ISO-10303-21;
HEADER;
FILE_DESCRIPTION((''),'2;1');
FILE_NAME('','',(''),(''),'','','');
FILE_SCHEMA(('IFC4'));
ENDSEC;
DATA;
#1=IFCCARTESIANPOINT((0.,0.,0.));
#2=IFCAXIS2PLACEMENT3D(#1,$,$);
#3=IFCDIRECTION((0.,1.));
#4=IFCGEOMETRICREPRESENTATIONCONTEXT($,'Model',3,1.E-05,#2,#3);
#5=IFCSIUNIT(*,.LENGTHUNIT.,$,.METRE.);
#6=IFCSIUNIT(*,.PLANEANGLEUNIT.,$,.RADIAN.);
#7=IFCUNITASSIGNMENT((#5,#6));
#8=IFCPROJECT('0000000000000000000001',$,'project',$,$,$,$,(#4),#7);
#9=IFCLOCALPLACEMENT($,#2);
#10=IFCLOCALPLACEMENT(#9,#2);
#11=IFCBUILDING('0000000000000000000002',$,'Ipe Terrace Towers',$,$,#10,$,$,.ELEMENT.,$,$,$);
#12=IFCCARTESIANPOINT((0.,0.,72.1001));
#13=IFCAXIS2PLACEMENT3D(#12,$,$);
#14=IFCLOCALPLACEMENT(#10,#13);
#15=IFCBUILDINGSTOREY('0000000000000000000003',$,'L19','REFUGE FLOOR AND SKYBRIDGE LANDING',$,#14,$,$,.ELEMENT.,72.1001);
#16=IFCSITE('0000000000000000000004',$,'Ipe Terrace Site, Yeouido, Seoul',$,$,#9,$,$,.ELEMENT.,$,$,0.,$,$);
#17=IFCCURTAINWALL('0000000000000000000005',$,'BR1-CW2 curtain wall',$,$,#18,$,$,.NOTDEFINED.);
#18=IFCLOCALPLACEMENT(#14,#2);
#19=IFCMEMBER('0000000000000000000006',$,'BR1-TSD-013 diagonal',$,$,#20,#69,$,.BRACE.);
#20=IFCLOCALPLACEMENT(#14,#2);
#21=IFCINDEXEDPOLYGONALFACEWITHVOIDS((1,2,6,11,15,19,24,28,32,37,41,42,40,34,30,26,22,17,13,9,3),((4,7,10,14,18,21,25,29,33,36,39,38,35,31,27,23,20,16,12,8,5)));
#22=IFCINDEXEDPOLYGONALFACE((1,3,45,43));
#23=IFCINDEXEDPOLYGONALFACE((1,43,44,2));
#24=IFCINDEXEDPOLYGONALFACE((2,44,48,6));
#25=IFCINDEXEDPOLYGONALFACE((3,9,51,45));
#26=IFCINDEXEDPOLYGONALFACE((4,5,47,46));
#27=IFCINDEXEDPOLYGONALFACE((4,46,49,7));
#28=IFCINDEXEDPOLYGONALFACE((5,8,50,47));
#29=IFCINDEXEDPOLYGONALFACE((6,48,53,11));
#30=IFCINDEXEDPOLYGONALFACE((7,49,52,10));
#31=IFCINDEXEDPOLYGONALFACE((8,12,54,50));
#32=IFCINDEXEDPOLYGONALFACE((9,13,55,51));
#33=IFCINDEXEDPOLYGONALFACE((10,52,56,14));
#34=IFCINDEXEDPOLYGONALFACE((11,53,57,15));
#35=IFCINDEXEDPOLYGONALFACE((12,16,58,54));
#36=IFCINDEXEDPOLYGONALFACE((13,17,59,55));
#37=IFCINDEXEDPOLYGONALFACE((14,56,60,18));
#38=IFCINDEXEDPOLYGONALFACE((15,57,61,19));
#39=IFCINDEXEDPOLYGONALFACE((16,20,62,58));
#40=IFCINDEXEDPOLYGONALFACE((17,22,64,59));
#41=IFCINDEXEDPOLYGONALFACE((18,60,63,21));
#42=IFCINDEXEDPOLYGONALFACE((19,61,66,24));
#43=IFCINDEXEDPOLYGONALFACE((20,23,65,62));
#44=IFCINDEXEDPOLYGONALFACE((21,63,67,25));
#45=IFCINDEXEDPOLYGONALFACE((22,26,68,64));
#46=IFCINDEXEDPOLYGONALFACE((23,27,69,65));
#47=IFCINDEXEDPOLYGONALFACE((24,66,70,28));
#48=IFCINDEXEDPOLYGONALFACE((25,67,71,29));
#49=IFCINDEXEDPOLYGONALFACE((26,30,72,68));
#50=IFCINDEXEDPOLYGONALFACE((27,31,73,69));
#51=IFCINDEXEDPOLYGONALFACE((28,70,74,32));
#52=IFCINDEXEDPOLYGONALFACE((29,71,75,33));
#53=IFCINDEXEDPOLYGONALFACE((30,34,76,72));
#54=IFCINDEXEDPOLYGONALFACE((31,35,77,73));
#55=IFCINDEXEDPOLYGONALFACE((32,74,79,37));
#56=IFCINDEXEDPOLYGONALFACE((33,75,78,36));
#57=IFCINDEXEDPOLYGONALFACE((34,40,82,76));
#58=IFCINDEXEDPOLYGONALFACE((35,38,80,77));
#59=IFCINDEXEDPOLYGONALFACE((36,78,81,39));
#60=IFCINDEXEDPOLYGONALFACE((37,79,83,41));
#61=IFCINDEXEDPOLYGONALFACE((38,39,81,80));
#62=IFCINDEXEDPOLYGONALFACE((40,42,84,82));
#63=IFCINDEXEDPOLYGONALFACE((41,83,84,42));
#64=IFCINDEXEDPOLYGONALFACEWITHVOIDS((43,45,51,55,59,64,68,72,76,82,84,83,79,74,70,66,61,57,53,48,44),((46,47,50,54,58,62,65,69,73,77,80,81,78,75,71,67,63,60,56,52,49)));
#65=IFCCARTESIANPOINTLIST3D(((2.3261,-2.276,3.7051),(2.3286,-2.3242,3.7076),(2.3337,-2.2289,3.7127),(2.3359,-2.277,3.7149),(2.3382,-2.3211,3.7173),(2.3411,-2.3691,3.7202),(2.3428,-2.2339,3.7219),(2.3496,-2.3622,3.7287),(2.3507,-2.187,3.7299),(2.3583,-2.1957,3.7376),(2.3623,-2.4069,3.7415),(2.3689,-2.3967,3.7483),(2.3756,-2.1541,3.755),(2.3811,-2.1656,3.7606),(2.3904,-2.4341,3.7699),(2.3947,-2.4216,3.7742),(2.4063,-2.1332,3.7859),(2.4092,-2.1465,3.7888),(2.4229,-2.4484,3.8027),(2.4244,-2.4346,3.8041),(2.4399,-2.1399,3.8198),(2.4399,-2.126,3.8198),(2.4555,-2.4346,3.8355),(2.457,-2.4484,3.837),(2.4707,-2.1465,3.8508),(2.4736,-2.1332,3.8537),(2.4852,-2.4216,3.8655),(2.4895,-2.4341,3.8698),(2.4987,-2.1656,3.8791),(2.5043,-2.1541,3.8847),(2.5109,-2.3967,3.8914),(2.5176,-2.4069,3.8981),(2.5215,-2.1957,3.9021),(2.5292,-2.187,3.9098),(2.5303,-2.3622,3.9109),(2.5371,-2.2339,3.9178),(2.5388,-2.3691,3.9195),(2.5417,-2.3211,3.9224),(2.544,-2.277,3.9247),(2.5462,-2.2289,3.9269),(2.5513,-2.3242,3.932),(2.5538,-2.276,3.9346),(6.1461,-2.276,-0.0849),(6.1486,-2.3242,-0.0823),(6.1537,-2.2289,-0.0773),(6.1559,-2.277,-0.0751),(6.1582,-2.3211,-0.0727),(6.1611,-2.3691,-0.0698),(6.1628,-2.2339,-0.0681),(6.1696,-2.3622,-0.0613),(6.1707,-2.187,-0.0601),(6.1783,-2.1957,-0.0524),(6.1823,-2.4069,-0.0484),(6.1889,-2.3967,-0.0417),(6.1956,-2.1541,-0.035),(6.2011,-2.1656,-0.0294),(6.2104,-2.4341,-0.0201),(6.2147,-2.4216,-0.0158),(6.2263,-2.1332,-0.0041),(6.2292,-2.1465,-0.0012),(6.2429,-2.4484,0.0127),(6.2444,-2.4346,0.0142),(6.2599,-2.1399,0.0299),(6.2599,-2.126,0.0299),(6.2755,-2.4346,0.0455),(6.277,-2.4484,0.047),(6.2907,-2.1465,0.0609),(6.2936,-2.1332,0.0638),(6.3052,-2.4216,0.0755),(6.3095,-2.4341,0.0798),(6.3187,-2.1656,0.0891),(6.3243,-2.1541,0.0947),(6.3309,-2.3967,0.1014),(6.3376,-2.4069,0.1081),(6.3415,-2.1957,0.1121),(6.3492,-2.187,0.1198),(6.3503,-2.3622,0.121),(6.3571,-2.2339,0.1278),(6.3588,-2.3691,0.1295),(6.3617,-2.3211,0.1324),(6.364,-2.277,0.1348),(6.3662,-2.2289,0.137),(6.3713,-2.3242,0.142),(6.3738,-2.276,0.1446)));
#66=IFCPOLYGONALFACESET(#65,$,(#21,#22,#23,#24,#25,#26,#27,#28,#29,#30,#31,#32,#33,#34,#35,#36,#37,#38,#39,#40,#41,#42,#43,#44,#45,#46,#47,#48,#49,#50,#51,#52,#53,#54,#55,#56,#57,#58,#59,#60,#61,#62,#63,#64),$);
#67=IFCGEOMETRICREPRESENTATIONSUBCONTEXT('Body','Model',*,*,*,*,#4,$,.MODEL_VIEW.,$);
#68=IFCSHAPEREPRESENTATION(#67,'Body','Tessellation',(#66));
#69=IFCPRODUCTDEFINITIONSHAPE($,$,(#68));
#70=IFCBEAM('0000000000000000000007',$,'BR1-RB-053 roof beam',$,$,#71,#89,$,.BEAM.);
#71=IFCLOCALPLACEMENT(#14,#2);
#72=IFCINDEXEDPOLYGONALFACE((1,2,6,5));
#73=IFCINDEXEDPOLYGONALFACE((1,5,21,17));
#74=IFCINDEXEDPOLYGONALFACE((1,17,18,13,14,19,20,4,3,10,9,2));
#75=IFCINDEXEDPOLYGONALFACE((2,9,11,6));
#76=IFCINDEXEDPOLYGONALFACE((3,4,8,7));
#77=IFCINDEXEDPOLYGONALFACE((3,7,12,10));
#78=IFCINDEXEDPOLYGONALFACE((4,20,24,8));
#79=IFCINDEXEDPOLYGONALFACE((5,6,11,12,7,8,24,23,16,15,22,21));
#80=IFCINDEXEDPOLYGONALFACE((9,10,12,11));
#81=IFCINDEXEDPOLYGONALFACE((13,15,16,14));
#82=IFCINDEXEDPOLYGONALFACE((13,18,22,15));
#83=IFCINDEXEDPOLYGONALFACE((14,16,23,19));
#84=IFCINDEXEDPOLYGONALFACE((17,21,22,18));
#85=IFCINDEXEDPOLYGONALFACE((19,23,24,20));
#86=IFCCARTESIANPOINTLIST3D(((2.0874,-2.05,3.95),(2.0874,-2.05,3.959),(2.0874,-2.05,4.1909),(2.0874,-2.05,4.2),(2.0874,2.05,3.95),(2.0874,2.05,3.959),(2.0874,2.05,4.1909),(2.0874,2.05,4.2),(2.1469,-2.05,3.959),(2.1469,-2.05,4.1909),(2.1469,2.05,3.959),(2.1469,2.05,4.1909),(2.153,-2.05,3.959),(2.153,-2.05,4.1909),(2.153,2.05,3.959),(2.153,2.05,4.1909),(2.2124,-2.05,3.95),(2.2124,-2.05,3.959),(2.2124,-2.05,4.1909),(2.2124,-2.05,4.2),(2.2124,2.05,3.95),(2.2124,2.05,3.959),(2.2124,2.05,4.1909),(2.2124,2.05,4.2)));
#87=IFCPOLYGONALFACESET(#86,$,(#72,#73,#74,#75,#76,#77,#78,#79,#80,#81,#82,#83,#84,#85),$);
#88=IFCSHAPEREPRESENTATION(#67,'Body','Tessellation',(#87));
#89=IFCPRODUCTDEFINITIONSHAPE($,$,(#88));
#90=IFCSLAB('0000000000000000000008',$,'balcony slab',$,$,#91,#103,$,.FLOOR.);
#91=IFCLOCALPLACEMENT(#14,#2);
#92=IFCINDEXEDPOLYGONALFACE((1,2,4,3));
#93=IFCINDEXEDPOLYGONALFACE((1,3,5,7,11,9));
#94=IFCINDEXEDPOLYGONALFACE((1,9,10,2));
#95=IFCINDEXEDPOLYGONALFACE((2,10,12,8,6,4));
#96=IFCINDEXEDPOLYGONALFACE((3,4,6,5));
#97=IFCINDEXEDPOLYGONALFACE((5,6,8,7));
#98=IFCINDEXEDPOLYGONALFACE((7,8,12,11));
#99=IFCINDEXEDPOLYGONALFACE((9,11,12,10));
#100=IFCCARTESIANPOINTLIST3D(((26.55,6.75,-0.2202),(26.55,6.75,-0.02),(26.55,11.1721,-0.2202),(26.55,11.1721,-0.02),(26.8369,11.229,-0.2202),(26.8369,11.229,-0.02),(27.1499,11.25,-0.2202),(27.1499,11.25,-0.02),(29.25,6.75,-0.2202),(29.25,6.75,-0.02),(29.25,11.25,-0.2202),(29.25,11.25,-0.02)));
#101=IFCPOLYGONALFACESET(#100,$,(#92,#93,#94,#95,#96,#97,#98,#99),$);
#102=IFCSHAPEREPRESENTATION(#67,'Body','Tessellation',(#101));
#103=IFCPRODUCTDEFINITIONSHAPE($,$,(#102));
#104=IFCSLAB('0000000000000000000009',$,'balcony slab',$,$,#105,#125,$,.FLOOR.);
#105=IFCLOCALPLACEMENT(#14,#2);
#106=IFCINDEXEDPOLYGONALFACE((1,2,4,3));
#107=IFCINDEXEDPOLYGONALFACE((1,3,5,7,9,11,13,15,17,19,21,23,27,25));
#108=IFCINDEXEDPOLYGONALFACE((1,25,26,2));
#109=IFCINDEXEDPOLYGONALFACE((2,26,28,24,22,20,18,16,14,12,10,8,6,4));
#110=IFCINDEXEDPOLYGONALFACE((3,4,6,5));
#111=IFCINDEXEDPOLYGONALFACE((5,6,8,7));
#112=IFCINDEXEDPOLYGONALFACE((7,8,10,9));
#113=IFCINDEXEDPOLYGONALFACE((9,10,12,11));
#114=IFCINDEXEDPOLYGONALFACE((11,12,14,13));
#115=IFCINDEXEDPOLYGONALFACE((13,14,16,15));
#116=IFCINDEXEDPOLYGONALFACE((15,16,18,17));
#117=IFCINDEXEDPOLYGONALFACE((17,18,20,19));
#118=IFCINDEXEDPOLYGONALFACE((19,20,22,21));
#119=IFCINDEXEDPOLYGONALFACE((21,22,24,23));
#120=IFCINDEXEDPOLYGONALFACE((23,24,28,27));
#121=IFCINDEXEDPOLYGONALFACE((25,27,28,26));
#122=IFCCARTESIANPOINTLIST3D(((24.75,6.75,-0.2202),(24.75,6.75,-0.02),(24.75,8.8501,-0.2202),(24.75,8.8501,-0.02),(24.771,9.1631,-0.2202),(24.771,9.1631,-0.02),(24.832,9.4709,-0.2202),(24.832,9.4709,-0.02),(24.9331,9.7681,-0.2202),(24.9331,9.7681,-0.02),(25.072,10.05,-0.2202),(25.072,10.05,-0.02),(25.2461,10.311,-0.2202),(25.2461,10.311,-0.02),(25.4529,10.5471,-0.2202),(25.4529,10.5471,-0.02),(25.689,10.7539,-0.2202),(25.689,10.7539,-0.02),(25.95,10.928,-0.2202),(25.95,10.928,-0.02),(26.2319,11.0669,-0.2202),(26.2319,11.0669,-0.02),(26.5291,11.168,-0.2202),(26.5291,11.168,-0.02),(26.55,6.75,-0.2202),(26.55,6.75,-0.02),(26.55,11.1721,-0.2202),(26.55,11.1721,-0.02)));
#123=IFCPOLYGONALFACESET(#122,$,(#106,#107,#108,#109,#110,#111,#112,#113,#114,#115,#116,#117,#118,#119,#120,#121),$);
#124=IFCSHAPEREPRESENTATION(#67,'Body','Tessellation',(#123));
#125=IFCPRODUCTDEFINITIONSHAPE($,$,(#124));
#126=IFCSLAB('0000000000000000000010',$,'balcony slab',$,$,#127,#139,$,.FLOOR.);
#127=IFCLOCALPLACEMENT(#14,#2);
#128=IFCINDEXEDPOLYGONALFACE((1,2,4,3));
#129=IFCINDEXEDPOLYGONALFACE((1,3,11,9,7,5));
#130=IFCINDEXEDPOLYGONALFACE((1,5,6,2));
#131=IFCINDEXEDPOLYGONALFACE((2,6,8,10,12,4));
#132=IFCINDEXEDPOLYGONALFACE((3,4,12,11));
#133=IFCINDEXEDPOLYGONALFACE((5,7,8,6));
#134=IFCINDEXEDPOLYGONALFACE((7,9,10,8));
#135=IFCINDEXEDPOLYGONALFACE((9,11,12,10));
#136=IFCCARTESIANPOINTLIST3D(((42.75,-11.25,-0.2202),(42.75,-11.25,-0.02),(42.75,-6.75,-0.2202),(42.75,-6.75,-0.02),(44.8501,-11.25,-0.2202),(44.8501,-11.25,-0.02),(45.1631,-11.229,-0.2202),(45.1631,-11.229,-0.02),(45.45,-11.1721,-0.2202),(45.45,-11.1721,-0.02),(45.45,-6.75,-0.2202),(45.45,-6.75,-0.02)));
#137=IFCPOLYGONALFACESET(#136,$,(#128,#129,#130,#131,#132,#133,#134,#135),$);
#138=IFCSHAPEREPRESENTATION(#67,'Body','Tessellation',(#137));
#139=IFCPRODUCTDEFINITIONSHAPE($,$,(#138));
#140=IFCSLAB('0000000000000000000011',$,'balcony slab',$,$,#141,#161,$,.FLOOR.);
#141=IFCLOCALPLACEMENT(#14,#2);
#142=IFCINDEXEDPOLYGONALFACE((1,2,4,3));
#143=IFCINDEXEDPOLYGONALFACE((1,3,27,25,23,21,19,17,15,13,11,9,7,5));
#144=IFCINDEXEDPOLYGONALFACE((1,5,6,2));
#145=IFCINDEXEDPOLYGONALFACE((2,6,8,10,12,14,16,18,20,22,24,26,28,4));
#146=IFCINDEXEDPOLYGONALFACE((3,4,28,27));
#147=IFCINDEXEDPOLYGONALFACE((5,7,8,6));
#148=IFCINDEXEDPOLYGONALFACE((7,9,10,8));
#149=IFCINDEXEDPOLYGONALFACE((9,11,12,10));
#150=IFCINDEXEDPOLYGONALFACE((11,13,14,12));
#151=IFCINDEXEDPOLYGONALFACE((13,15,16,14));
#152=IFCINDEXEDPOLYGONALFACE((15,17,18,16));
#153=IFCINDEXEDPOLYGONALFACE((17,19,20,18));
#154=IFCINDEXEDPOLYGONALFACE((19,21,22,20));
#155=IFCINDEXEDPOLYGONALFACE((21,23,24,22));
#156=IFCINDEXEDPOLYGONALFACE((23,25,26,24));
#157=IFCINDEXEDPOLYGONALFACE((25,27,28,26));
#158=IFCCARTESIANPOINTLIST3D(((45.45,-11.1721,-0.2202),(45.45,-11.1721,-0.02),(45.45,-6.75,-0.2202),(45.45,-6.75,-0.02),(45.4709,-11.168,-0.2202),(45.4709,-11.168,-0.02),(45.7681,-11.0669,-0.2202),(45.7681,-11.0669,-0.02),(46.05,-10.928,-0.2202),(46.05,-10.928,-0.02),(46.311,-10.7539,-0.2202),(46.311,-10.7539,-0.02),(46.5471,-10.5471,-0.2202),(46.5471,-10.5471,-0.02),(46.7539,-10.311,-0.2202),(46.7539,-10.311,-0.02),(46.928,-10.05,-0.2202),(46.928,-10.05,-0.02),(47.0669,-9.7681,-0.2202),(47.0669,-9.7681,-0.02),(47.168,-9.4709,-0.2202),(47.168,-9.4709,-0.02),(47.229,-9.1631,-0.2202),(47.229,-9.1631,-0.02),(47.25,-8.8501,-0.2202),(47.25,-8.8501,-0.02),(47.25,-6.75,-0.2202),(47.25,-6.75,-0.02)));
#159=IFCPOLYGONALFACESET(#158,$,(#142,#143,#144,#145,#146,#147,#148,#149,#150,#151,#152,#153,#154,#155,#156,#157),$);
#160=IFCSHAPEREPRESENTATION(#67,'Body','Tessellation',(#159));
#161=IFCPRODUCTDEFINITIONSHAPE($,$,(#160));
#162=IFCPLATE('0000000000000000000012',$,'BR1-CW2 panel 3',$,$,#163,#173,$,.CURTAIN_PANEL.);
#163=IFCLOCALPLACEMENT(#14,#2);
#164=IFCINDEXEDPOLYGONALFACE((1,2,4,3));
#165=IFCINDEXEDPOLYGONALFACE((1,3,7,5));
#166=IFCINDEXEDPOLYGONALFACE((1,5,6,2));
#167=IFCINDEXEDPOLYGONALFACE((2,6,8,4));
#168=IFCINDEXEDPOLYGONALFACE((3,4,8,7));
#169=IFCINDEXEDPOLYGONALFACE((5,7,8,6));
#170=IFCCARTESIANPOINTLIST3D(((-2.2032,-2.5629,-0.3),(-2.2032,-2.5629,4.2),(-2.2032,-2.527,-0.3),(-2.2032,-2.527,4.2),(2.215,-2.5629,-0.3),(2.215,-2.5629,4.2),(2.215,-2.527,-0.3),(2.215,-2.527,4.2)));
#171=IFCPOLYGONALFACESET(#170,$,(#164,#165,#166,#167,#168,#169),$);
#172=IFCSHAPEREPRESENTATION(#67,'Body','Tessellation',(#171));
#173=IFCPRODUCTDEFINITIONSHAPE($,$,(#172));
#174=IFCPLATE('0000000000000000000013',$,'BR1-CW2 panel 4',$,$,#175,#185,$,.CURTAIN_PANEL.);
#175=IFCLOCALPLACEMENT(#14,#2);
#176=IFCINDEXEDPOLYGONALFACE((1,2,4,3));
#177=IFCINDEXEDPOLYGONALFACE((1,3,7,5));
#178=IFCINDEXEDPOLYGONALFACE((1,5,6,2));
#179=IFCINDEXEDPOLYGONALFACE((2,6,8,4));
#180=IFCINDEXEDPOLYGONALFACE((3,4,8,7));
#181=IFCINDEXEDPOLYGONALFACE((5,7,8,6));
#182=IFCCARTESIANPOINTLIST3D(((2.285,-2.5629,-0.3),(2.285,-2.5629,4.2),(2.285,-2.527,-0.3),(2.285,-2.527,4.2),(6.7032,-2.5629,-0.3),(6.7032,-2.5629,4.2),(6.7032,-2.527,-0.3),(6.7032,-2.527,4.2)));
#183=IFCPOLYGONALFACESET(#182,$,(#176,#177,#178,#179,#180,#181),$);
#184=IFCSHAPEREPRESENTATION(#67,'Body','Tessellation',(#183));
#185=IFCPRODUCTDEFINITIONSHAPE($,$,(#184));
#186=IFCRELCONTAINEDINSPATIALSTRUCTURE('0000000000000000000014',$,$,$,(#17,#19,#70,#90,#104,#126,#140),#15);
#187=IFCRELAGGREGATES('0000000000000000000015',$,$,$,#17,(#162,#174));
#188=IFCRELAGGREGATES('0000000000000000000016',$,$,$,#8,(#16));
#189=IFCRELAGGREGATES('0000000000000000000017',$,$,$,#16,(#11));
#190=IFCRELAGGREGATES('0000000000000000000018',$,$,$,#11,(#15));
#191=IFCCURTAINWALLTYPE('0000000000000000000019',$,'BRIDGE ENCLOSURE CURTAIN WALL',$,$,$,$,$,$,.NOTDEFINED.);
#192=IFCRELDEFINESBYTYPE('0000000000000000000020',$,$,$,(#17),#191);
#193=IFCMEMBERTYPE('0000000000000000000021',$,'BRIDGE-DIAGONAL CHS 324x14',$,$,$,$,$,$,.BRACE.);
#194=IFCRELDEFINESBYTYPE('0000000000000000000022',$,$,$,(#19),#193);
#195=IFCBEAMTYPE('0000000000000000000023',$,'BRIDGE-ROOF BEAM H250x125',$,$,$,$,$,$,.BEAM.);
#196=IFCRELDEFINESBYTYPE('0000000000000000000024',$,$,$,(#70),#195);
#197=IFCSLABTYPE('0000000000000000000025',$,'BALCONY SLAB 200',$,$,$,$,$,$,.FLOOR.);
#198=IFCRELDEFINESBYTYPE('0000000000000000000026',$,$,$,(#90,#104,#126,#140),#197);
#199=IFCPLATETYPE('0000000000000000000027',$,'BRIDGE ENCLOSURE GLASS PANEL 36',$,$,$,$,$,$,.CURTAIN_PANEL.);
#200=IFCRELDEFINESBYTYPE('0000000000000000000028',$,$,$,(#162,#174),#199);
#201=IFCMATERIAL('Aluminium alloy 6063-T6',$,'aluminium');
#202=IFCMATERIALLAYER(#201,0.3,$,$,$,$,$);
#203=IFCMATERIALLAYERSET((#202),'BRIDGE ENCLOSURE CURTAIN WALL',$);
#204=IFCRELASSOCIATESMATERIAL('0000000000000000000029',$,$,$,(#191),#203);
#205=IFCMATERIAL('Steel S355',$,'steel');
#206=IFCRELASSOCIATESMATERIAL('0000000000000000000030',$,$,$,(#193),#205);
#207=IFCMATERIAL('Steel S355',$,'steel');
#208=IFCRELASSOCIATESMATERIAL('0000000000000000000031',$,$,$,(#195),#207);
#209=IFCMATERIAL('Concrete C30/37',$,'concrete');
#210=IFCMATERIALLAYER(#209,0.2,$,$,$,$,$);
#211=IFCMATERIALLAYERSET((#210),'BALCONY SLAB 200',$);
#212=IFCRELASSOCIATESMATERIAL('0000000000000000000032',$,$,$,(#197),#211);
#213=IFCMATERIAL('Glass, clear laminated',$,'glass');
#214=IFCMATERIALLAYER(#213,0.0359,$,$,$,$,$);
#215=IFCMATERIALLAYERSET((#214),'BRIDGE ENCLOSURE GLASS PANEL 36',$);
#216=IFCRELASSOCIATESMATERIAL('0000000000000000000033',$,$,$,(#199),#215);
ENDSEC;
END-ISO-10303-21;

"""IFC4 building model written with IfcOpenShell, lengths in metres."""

from ifc_helpers import new_model, si_unit, direction, frame, origin, origin_2d, place, context, subcontext, project, spatial, polyline, rectangle, hollow_circle, i_section, outline, extrude, material, layer, layer_set, material_profile, profile_set, type_object, element, aggregate, save


model = new_model("IFC4")

# Units and contexts
model_context = context("Model", 3, precision=1e-05, world=origin(), true_north=direction((0.0, 1.0)))
body_context = subcontext(model_context, "Body", "Model", "MODEL_VIEW")
ifc_project = project(units=[si_unit("LENGTHUNIT", "METRE"), si_unit("PLANEANGLEUNIT", "RADIAN")], contexts=[model_context])

# Site, building, storey
site_placement = place(None, origin())
site = spatial("IfcSite", under=ifc_project, at=site_placement, Name="Ipe Terrace Site, Yeouido, Seoul", CompositionType="ELEMENT", RefElevation=0.0)
building_placement = place(site_placement, origin())
building = spatial("IfcBuilding", under=site, at=building_placement, Name="Ipe Terrace Towers", CompositionType="ELEMENT")
storey_placement = place(building_placement, frame((0.0, 0.0, 72.1001)))
storey = spatial("IfcBuildingStorey", under=building, at=storey_placement, Name="L19", Description="REFUGE FLOOR AND SKYBRIDGE LANDING", CompositionType="ELEMENT", Elevation=72.1001)

# Curtain wall
ifc_material_1 = material(Name="Aluminium alloy 6063-T6", Category="aluminium")
ifc_layer_1 = layer(ifc_material_1, 0.3)
ifc_layer_set_1 = layer_set([ifc_layer_1], Name="BRIDGE ENCLOSURE CURTAIN WALL")
curtain_wall_type = type_object("IfcCurtainWallType", Name="BRIDGE ENCLOSURE CURTAIN WALL", PredefinedType="NOTDEFINED", material=ifc_layer_set_1)
curtain_wall_placement = place(storey_placement, origin())
curtain_wall = element("IfcCurtainWall", 1, at=curtain_wall_placement, inside=storey, type_object=curtain_wall_type, Name="BR1-CW2 curtain wall", PredefinedType="NOTDEFINED")

# Member
ifc_material_2 = material(Name="Steel S355", Category="steel")
ifc_material_profile_1 = material_profile(ifc_material_2, hollow_circle(Radius=0.1621, WallThickness=0.0139, at=origin_2d()), Name="BRIDGE-DIAGONAL CHS 324x14")
ifc_profile_set_1 = profile_set([ifc_material_profile_1], Name="Steel S355")
member_type_1 = type_object("IfcMemberType", Name="BRIDGE-DIAGONAL CHS 324x14", PredefinedType="BRACE", material=ifc_profile_set_1)
member_1_placement = place(storey_placement, frame((2.4399, -2.2881, 3.8198), z_axis=(0.709891, 0.0, -0.704311), x_axis=(0.0, 1.0, 0.0)))
element("IfcMember", 2, at=member_1_placement, inside=storey, type_object=member_type_1, Name="BR1-TSD-013 diagonal", PredefinedType="BRACE", context=body_context, shape_type="SweptSolid", body=[
    extrude(hollow_circle(Radius=0.1621, WallThickness=0.0139, at=origin_2d()), origin(), (0.0, 0.0, 1.0), 5.3811),
])

# Beam
ifc_material_3 = material(Name="Steel S355", Category="steel")
ifc_material_profile_2 = material_profile(ifc_material_3, i_section(OverallWidth=0.125, OverallDepth=0.25, WebThickness=0.0061, FlangeThickness=0.009, at=origin_2d()), Name="H250x125")
ifc_profile_set_2 = profile_set([ifc_material_profile_2], Name="Steel S355")
beam_type_1 = type_object("IfcBeamType", Name="BRIDGE-ROOF BEAM H250x125", PredefinedType="BEAM", material=ifc_profile_set_2)
beam_placement = place(storey_placement, frame((2.1499, -2.05, 4.075), z_axis=(0.0, 1.0, 0.0), x_axis=(-1.0, 0.0, 0.0)))
element("IfcBeam", 3, at=beam_placement, inside=storey, type_object=beam_type_1, Name="BR1-RB-053 roof beam", PredefinedType="BEAM", context=body_context, shape_type="SweptSolid", body=[
    extrude(i_section(OverallWidth=0.125, OverallDepth=0.25, WebThickness=0.0061, FlangeThickness=0.009, at=origin_2d()), origin(), (0.0, 0.0, 1.0), 4.1001),
])

# Slabs
ifc_material_4 = material(Name="Concrete C30/37", Category="concrete")
ifc_layer_2 = layer(ifc_material_4, 0.2)
ifc_layer_set_2 = layer_set([ifc_layer_2], Name="BALCONY SLAB 200")
slab_type_1 = type_object("IfcSlabType", Name="BALCONY SLAB 200", PredefinedType="FLOOR", material=ifc_layer_set_2)
slab_1_placement = place(storey_placement, frame((0.0, 0.0, -0.2202)))
element("IfcSlab", 4, at=slab_1_placement, inside=storey, type_object=slab_type_1, Name="balcony slab", PredefinedType="FLOOR", context=body_context, shape_type="SweptSolid", body=[
    extrude(outline(polyline([(26.8369, 11.229), (26.55, 11.1721), (26.55, 6.75), (29.25, 6.75), (29.25, 11.25), (27.1499, 11.25), (26.8369, 11.229)])), origin(), (0.0, 0.0, 1.0), 0.2002),
])
slab_2_placement = place(storey_placement, frame((0.0, 0.0, -0.2202)))
element("IfcSlab", 5, at=slab_2_placement, inside=storey, type_object=slab_type_1, Name="balcony slab", PredefinedType="FLOOR", context=body_context, shape_type="SweptSolid", body=[
    extrude(outline(polyline([(24.75, 6.75), (26.55, 6.75), (26.55, 11.1721), (26.5291, 11.168), (26.2319, 11.0669), (25.95, 10.928), (25.689, 10.7539), (25.4529, 10.5471), (25.2461, 10.311), (25.072, 10.05), (24.9331, 9.7681), (24.832, 9.4709), (24.771, 9.1631), (24.75, 8.8501), (24.75, 6.75)])), origin(), (0.0, 0.0, 1.0), 0.2002),
])
slab_3_placement = place(storey_placement, frame((0.0, 0.0, -0.2202)))
element("IfcSlab", 6, at=slab_3_placement, inside=storey, type_object=slab_type_1, Name="balcony slab", PredefinedType="FLOOR", context=body_context, shape_type="SweptSolid", body=[
    extrude(outline(polyline([(45.1631, -11.229), (45.45, -11.1721), (45.45, -6.75), (42.75, -6.75), (42.75, -11.25), (44.8501, -11.25), (45.1631, -11.229)])), origin(), (0.0, 0.0, 1.0), 0.2002),
])
slab_4_placement = place(storey_placement, frame((0.0, 0.0, -0.2202)))
element("IfcSlab", 7, at=slab_4_placement, inside=storey, type_object=slab_type_1, Name="balcony slab", PredefinedType="FLOOR", context=body_context, shape_type="SweptSolid", body=[
    extrude(outline(polyline([(47.25, -6.75), (45.45, -6.75), (45.45, -11.1721), (45.4709, -11.168), (45.7681, -11.0669), (46.05, -10.928), (46.311, -10.7539), (46.5471, -10.5471), (46.7539, -10.311), (46.928, -10.05), (47.0669, -9.7681), (47.168, -9.4709), (47.229, -9.1631), (47.25, -8.8501), (47.25, -6.75)])), origin(), (0.0, 0.0, 1.0), 0.2002),
])

# Plates
ifc_material_5 = material(Name="Glass, clear laminated", Category="glass")
ifc_layer_3 = layer(ifc_material_5, 0.0359)
ifc_layer_set_3 = layer_set([ifc_layer_3], Name="BRIDGE ENCLOSURE GLASS PANEL 36")
plate_type = type_object("IfcPlateType", Name="BRIDGE ENCLOSURE GLASS PANEL 36", PredefinedType="CURTAIN_PANEL", material=ifc_layer_set_3)
plate_1_placement = place(storey_placement, frame((0.0059, -2.5449, -0.3), z_axis=(0.0, 0.0, 1.0), x_axis=(1.0, 0.0, 0.0)))
plate_1 = element("IfcPlate", 8, at=plate_1_placement, type_object=plate_type, Name="BR1-CW2 panel 3", PredefinedType="CURTAIN_PANEL", context=body_context, shape_type="SweptSolid", body=[
    extrude(rectangle(XDim=4.4182, YDim=0.0359, at=origin_2d()), origin(), (0.0, 0.0, 1.0), 4.5),
])
plate_2_placement = place(storey_placement, frame((4.4941, -2.5449, -0.3), z_axis=(0.0, 0.0, 1.0), x_axis=(1.0, 0.0, 0.0)))
plate_2 = element("IfcPlate", 9, at=plate_2_placement, type_object=plate_type, Name="BR1-CW2 panel 4", PredefinedType="CURTAIN_PANEL", context=body_context, shape_type="SweptSolid", body=[
    extrude(rectangle(XDim=4.4182, YDim=0.0359, at=origin_2d()), origin(), (0.0, 0.0, 1.0), 4.5),
])
aggregate(curtain_wall, [plate_1, plate_2])

save(model, "model.ifc")
